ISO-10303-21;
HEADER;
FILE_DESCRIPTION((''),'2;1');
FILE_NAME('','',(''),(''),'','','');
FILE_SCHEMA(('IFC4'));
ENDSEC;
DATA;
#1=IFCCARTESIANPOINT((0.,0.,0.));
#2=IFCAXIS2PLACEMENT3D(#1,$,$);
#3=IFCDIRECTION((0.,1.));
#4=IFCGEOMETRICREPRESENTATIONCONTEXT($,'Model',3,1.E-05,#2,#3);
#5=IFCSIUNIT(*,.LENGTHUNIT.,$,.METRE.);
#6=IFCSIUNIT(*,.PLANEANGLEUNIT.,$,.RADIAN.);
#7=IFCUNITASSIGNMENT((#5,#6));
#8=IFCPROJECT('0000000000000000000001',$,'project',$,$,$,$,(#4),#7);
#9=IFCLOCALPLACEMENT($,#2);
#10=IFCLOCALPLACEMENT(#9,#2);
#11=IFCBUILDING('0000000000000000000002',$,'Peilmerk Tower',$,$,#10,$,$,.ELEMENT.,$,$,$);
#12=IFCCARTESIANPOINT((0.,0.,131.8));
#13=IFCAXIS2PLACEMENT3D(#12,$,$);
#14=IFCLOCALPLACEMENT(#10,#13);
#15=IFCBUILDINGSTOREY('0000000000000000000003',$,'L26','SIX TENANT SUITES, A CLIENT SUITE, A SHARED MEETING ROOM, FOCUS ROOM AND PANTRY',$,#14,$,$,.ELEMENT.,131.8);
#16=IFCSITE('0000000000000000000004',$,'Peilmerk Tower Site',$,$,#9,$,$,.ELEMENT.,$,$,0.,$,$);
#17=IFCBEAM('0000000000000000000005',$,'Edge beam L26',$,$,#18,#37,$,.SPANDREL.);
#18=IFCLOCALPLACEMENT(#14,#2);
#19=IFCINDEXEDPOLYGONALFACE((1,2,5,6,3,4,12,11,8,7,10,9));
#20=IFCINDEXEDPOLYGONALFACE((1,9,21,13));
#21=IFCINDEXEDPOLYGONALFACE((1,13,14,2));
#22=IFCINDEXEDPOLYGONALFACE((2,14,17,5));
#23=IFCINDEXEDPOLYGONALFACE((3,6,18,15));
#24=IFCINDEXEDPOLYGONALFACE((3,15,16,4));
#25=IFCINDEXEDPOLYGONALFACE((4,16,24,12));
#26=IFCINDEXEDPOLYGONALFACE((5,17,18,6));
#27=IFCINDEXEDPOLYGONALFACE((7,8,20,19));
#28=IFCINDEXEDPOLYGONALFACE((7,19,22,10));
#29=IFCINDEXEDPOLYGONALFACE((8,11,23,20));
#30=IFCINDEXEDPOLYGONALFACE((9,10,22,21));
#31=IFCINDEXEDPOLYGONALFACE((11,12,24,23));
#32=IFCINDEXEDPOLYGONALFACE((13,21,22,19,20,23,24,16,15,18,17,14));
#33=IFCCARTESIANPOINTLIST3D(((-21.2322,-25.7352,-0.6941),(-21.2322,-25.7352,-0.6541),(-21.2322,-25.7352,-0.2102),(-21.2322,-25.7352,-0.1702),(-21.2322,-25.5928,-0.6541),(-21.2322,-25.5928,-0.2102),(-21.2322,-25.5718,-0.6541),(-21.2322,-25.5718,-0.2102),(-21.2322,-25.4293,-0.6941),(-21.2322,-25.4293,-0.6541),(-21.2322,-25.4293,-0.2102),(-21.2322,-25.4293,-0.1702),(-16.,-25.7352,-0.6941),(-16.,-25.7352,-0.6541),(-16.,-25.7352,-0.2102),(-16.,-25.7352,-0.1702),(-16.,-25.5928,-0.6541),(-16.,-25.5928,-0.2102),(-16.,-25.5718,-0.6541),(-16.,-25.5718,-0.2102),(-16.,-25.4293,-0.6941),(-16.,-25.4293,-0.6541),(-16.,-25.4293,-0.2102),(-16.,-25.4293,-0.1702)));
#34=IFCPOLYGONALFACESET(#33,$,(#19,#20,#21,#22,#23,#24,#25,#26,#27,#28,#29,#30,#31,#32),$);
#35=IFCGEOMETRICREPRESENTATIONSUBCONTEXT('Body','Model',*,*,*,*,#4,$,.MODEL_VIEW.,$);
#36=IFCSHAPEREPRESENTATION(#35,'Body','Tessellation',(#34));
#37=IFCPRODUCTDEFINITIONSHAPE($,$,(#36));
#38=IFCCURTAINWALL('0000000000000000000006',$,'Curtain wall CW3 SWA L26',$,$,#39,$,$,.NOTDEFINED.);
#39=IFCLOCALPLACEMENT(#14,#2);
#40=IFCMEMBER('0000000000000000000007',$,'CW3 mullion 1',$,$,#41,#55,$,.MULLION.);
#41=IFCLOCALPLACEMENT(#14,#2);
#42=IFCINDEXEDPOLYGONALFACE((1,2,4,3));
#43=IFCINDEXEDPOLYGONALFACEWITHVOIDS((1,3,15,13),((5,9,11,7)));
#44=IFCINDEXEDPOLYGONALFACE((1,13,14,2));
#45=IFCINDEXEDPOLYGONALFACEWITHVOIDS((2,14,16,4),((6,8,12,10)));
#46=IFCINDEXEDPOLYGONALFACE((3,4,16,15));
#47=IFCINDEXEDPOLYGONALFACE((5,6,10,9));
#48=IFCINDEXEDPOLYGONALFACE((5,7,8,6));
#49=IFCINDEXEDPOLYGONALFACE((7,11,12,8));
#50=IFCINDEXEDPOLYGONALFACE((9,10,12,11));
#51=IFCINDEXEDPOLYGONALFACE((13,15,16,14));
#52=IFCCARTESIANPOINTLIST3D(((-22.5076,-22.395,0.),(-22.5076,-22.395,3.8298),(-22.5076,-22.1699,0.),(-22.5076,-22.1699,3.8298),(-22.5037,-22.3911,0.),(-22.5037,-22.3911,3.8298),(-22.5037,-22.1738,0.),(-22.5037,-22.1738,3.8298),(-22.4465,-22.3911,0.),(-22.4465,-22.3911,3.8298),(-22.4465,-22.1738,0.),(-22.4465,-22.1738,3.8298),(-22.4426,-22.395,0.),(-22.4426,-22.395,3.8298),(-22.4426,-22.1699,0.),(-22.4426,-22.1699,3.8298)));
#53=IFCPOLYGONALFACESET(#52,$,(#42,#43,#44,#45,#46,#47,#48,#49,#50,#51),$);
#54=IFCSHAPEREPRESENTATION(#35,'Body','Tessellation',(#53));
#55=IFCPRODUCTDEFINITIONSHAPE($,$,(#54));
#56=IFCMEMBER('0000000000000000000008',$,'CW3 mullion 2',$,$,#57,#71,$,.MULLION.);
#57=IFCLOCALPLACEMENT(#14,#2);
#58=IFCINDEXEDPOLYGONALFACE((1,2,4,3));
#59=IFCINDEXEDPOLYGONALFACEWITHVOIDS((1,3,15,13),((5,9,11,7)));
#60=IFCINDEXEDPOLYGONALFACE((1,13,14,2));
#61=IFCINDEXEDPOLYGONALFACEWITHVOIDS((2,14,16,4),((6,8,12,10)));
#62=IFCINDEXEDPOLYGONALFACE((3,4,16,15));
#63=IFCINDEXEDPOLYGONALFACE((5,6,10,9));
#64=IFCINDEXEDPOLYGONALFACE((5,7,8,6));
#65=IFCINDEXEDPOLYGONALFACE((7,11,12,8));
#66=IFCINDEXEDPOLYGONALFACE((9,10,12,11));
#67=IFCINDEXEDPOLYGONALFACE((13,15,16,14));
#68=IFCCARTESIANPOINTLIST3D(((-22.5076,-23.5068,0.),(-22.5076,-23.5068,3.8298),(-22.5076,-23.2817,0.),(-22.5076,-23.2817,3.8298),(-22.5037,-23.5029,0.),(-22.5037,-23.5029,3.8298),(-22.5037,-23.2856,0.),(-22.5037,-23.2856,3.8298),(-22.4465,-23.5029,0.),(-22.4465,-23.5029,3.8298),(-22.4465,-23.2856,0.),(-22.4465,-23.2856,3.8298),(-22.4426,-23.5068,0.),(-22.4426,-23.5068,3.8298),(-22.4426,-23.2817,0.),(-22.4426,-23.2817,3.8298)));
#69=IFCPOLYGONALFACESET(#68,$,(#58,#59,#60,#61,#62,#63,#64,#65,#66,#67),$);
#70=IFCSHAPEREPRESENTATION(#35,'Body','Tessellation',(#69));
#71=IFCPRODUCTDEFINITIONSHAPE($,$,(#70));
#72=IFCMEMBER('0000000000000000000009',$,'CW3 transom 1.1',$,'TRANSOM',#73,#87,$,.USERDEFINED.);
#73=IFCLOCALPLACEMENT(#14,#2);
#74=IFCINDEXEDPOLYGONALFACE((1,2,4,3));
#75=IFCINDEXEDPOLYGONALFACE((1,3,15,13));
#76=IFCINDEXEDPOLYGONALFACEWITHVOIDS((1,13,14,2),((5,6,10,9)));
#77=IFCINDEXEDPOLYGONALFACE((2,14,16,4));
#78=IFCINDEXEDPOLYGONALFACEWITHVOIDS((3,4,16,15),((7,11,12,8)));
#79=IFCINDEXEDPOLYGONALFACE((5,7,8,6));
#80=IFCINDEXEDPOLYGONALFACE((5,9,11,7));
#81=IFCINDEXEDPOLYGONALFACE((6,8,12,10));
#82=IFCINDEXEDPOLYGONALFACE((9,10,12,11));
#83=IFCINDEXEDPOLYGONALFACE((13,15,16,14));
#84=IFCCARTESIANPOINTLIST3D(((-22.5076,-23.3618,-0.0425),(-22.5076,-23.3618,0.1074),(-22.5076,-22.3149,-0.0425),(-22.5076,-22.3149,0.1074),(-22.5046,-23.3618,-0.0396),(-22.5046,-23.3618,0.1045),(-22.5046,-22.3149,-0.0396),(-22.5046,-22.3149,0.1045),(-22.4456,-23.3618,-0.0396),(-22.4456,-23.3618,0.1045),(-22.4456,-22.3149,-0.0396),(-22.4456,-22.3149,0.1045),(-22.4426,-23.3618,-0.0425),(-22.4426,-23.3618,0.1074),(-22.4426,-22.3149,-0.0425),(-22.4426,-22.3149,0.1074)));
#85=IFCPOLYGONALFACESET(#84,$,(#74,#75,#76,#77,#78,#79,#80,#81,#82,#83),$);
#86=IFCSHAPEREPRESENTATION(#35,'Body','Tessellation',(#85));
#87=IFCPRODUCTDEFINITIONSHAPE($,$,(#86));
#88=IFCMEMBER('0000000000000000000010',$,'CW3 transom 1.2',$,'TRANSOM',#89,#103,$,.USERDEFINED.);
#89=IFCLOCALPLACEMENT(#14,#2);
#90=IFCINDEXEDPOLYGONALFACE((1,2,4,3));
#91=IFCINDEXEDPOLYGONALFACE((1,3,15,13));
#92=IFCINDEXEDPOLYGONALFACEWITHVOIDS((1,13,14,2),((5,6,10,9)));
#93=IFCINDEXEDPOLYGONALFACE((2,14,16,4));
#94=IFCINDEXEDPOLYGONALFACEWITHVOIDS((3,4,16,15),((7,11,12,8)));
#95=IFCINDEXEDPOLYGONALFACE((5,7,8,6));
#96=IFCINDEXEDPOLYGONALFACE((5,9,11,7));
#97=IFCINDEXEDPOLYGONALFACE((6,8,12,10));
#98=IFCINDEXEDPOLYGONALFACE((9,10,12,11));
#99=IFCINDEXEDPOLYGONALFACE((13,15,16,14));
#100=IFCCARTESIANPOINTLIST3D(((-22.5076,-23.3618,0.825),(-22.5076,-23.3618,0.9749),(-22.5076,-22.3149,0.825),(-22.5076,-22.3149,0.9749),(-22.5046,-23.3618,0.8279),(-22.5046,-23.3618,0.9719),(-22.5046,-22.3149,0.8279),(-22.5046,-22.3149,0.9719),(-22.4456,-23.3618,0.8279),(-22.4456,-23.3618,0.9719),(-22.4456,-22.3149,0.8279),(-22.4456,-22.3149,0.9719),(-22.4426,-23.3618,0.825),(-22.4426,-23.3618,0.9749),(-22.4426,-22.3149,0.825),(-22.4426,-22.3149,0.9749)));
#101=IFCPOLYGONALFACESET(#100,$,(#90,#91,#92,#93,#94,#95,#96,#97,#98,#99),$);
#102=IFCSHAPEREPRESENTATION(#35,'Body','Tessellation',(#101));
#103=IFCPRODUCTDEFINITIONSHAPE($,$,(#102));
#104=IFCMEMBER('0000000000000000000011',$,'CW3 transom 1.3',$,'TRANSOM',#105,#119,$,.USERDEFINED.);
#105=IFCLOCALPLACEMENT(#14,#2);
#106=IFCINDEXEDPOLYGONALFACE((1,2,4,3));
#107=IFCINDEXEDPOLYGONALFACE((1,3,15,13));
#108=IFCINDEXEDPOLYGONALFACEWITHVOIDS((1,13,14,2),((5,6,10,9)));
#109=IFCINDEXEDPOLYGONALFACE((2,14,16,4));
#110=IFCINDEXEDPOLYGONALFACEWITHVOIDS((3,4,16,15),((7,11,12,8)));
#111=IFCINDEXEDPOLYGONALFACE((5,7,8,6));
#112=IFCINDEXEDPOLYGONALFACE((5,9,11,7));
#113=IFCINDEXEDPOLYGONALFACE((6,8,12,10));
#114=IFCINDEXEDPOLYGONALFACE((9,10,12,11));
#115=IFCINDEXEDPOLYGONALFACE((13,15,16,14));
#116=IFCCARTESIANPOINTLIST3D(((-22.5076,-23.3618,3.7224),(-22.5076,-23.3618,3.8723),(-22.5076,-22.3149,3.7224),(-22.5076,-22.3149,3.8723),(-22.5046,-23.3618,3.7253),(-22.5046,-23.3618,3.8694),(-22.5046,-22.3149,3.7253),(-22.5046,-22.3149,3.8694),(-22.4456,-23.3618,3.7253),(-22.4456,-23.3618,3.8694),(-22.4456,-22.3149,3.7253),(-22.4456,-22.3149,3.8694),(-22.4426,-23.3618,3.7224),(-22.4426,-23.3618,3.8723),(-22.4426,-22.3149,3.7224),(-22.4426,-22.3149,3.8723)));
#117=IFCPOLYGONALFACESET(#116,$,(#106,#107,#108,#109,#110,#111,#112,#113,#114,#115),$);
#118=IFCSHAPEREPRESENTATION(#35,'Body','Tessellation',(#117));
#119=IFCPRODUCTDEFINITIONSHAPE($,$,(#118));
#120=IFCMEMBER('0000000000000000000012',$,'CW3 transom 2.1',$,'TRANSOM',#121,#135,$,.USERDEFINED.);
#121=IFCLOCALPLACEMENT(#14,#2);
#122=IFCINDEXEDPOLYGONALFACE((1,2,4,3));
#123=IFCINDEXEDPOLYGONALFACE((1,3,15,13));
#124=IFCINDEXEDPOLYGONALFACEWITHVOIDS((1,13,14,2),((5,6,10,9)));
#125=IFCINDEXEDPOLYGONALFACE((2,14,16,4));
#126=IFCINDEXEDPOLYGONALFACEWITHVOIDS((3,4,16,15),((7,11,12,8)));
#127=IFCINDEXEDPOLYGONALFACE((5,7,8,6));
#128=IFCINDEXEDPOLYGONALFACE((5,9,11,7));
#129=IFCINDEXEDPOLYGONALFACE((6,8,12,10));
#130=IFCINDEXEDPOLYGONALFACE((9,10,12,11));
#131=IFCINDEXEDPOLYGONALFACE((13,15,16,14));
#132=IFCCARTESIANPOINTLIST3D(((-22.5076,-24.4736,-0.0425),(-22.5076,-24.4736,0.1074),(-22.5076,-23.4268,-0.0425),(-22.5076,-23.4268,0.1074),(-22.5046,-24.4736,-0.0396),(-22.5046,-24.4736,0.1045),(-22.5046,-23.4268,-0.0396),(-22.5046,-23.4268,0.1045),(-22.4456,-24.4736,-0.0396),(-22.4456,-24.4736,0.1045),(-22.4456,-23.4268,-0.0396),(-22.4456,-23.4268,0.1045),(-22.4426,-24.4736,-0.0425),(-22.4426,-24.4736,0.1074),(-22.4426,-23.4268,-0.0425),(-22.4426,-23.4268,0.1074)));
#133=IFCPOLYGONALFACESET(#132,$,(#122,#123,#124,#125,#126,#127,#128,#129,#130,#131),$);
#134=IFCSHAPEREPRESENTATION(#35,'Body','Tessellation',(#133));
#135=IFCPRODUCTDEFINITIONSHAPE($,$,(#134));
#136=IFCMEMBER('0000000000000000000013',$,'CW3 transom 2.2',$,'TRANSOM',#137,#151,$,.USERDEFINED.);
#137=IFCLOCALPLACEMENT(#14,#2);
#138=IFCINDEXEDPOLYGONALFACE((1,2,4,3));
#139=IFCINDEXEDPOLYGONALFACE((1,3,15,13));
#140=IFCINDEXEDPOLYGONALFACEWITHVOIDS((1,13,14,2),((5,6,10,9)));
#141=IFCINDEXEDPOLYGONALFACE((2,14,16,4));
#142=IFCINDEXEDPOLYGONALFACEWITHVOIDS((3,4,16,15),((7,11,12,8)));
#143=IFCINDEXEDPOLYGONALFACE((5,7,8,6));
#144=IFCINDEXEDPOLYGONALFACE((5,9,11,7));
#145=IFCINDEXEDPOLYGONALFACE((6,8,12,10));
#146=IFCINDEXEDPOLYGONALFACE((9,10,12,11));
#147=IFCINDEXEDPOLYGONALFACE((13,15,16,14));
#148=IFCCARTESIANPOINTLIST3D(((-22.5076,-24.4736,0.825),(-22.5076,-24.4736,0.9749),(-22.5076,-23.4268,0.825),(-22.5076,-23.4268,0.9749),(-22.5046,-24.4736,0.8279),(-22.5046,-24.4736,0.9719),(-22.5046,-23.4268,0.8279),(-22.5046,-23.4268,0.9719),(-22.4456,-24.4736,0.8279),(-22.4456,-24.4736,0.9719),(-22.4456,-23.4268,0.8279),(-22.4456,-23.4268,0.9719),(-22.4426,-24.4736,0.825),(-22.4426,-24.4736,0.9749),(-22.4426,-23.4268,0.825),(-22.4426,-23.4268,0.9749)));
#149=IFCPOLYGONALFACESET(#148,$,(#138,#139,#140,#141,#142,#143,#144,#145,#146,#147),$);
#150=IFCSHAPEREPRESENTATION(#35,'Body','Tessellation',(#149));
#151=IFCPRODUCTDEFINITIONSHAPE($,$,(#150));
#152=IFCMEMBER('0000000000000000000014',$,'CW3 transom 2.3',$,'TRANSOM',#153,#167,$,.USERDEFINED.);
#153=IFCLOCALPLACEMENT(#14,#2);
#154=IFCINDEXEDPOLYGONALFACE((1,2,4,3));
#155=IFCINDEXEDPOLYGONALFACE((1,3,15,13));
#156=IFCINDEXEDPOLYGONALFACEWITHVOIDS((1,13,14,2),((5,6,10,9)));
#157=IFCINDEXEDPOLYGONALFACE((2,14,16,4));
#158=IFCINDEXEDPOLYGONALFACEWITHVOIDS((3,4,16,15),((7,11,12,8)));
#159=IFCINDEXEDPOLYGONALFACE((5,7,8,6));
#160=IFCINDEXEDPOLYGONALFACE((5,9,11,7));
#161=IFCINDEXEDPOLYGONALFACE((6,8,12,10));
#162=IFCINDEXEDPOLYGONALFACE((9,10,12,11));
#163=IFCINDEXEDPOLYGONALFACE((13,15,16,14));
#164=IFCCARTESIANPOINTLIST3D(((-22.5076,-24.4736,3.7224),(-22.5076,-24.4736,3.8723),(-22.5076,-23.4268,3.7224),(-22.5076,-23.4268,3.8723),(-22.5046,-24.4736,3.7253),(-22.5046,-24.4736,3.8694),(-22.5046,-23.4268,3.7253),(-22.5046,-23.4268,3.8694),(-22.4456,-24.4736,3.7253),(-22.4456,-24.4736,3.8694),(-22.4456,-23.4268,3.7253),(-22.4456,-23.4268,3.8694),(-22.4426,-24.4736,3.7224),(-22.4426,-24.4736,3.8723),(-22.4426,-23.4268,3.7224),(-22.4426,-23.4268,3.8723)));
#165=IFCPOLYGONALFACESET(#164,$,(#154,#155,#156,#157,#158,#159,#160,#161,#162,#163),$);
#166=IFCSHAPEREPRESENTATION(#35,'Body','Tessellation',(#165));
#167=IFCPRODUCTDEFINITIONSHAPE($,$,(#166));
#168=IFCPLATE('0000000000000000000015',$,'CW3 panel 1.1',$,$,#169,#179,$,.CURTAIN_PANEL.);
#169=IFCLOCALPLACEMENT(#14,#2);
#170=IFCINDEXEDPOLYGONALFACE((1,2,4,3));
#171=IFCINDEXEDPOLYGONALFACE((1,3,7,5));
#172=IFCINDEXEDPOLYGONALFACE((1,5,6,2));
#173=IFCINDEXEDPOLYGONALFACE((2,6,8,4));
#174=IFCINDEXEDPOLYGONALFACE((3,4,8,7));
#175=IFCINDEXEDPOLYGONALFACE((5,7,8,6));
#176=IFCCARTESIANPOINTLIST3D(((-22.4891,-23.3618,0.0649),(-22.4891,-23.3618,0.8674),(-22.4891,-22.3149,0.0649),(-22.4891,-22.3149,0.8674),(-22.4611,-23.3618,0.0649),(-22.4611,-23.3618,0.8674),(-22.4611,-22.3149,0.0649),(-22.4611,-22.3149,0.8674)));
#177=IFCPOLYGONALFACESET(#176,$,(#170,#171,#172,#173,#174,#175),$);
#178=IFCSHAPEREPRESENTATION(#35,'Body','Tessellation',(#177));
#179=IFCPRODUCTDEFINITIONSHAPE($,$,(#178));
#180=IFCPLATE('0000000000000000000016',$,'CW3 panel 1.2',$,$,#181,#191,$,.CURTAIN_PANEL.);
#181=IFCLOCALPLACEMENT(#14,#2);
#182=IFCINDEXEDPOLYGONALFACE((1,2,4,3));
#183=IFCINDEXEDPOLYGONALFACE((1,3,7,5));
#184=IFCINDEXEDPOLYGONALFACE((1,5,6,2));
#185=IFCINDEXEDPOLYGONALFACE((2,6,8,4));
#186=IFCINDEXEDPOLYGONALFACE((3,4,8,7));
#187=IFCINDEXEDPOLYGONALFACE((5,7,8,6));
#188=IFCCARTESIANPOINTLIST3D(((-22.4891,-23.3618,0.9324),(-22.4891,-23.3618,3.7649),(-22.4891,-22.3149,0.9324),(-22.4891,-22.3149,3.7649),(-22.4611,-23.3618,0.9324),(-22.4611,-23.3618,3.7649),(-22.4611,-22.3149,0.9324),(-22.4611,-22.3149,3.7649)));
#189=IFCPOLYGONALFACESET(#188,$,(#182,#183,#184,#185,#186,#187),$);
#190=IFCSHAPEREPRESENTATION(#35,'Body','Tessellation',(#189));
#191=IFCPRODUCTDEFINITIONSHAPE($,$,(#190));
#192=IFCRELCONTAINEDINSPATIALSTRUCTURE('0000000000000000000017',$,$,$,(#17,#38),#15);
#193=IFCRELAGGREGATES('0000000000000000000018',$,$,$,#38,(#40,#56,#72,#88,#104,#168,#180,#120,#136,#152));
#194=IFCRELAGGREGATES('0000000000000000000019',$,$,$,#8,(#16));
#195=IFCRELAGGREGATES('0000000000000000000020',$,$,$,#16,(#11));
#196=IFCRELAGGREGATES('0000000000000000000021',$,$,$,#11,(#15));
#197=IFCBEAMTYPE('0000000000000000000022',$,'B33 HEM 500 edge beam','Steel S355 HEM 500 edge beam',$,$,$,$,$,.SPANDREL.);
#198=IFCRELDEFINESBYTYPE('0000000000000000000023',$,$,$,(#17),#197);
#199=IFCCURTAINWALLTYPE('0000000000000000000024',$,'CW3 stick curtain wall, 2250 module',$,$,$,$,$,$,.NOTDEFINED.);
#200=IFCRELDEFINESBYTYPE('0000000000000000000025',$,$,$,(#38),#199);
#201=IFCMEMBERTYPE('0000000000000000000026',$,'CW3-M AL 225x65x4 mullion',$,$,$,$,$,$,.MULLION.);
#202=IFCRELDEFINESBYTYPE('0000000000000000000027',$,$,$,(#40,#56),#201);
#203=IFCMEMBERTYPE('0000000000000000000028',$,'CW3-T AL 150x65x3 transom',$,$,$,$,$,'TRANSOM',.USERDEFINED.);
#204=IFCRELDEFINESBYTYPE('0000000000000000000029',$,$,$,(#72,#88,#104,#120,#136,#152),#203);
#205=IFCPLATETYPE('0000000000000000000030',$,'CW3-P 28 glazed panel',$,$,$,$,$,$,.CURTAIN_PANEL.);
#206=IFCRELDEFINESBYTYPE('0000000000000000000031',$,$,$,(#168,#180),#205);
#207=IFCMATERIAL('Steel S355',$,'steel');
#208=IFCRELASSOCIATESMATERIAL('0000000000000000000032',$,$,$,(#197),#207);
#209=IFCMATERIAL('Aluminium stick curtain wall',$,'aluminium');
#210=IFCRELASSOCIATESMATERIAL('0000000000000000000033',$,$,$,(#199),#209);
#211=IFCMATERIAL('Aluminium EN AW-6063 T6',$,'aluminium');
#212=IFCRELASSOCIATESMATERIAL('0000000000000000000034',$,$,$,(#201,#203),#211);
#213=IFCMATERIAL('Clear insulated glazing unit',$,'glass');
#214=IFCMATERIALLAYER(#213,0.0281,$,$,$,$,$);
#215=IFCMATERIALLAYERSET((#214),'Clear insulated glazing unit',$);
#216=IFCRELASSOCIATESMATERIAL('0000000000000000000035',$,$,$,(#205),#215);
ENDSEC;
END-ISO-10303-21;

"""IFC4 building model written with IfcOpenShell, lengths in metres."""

from ifc_helpers import new_model, si_unit, direction, frame, origin, origin_2d, place, context, subcontext, project, spatial, rectangle, hollow_rectangle, i_section, extrude, material, layer, layer_set, material_profile, profile_set, type_object, element, aggregate, save


model = new_model("IFC4")

# Units and contexts
model_context = context("Model", 3, precision=1e-05, world=origin(), true_north=direction((0.0, 1.0)))
body_context = subcontext(model_context, "Body", "Model", "MODEL_VIEW")
ifc_project = project(units=[si_unit("LENGTHUNIT", "METRE"), si_unit("PLANEANGLEUNIT", "RADIAN")], contexts=[model_context])

# Site, building, storey
site_placement = place(None, origin())
site = spatial("IfcSite", under=ifc_project, at=site_placement, Name="Peilmerk Tower Site", CompositionType="ELEMENT", RefElevation=0.0)
building_placement = place(site_placement, origin())
building = spatial("IfcBuilding", under=site, at=building_placement, Name="Peilmerk Tower", CompositionType="ELEMENT")
storey_placement = place(building_placement, frame((0.0, 0.0, 131.8)))
storey = spatial("IfcBuildingStorey", under=building, at=storey_placement, Name="L26", Description="SIX TENANT SUITES, A CLIENT SUITE, A SHARED MEETING ROOM, FOCUS ROOM AND PANTRY", CompositionType="ELEMENT", Elevation=131.8)

# Beam
ifc_material_1 = material(Name="Steel S355", Category="steel")
ifc_material_profile_1 = material_profile(ifc_material_1, i_section(OverallWidth=0.3059, OverallDepth=0.5239, WebThickness=0.021, FlangeThickness=0.04, at=origin_2d()), Name="HEM 500")
ifc_profile_set_1 = profile_set([ifc_material_profile_1], Name="Steel S355")
beam_type_1 = type_object("IfcBeamType", Name="B33 HEM 500 edge beam", Description="Steel S355 HEM 500 edge beam", PredefinedType="SPANDREL", material=ifc_profile_set_1)
beam_1_placement = place(storey_placement, frame((-21.2322, -25.5823, -0.4321), z_axis=(1.0, 0.0, 0.0), x_axis=(0.0, 1.0, 0.0)))
element("IfcBeam", 1, at=beam_1_placement, inside=storey, type_object=beam_type_1, Name="Edge beam L26", PredefinedType="SPANDREL", context=body_context, shape_type="SweptSolid", body=[
    extrude(i_section(OverallWidth=0.3059, OverallDepth=0.5239, WebThickness=0.021, FlangeThickness=0.04, at=origin_2d()), origin(), (0.0, 0.0, 1.0), 5.2322),
])

# Curtain wall, members, plates
ifc_material_2 = material(Name="Aluminium stick curtain wall", Category="aluminium")
curtain_wall_type = type_object("IfcCurtainWallType", Name="CW3 stick curtain wall, 2250 module", PredefinedType="NOTDEFINED", material=ifc_material_2)
curtain_wall_placement = place(storey_placement, origin())
curtain_wall = element("IfcCurtainWall", 2, at=curtain_wall_placement, inside=storey, type_object=curtain_wall_type, Name="Curtain wall CW3 SWA L26", PredefinedType="NOTDEFINED")
ifc_material_3 = material(Name="Aluminium EN AW-6063 T6", Category="aluminium")
ifc_material_profile_2 = material_profile(ifc_material_3, hollow_rectangle(XDim=0.0649, YDim=0.2251, WallThickness=0.0039, at=origin_2d()), Name="AL 225x65x4")
ifc_profile_set_2 = profile_set([ifc_material_profile_2], Name="Aluminium EN AW-6063 T6")
member_type_1 = type_object("IfcMemberType", Name="CW3-M AL 225x65x4 mullion", PredefinedType="MULLION", material=ifc_profile_set_2)
member_1_placement = place(storey_placement, frame((-22.4751, -22.2825, 0.0), z_axis=(0.0, 0.0, 1.0), x_axis=(1.0, 0.0, 0.0)))
member_1 = element("IfcMember", 3, at=member_1_placement, type_object=member_type_1, Name="CW3 mullion 1", PredefinedType="MULLION", context=body_context, shape_type="SweptSolid", body=[
    extrude(hollow_rectangle(XDim=0.0649, YDim=0.2251, WallThickness=0.0039, at=origin_2d()), origin(), (0.0, 0.0, 1.0), 3.8298),
])
member_2_placement = place(storey_placement, frame((-22.4751, -23.3943, 0.0), z_axis=(0.0, 0.0, 1.0), x_axis=(1.0, 0.0, 0.0)))
member_2 = element("IfcMember", 4, at=member_2_placement, type_object=member_type_1, Name="CW3 mullion 2", PredefinedType="MULLION", context=body_context, shape_type="SweptSolid", body=[
    extrude(hollow_rectangle(XDim=0.0649, YDim=0.2251, WallThickness=0.0039, at=origin_2d()), origin(), (0.0, 0.0, 1.0), 3.8298),
])
ifc_material_profile_3 = material_profile(ifc_material_3, hollow_rectangle(XDim=0.0649, YDim=0.1499, WallThickness=0.0029, at=origin_2d()), Name="AL 150x65x3")
ifc_profile_set_3 = profile_set([ifc_material_profile_3], Name="Aluminium EN AW-6063 T6")
member_type_2 = type_object("IfcMemberType", Name="CW3-T AL 150x65x3 transom", ElementType="TRANSOM", PredefinedType="USERDEFINED", material=ifc_profile_set_3)
member_3_placement = place(storey_placement, frame((-22.4751, -22.3149, 0.0325), z_axis=(0.0, -1.0, 0.0), x_axis=(1.0, 0.0, 0.0)))
member_3 = element("IfcMember", 5, at=member_3_placement, type_object=member_type_2, Name="CW3 transom 1.1", ObjectType="TRANSOM", PredefinedType="USERDEFINED", context=body_context, shape_type="SweptSolid", body=[
    extrude(hollow_rectangle(XDim=0.0649, YDim=0.1499, WallThickness=0.0029, at=origin_2d()), origin(), (0.0, 0.0, 1.0), 1.0469),
])
member_4_placement = place(storey_placement, frame((-22.4751, -22.3149, 0.8999), z_axis=(0.0, -1.0, 0.0), x_axis=(1.0, 0.0, 0.0)))
member_4 = element("IfcMember", 6, at=member_4_placement, type_object=member_type_2, Name="CW3 transom 1.2", ObjectType="TRANSOM", PredefinedType="USERDEFINED", context=body_context, shape_type="SweptSolid", body=[
    extrude(hollow_rectangle(XDim=0.0649, YDim=0.1499, WallThickness=0.0029, at=origin_2d()), origin(), (0.0, 0.0, 1.0), 1.0469),
])
member_5_placement = place(storey_placement, frame((-22.4751, -22.3149, 3.7974), z_axis=(0.0, -1.0, 0.0), x_axis=(1.0, 0.0, 0.0)))
member_5 = element("IfcMember", 7, at=member_5_placement, type_object=member_type_2, Name="CW3 transom 1.3", ObjectType="TRANSOM", PredefinedType="USERDEFINED", context=body_context, shape_type="SweptSolid", body=[
    extrude(hollow_rectangle(XDim=0.0649, YDim=0.1499, WallThickness=0.0029, at=origin_2d()), origin(), (0.0, 0.0, 1.0), 1.0469),
])
member_6_placement = place(storey_placement, frame((-22.4751, -23.4268, 0.0325), z_axis=(0.0, -1.0, 0.0), x_axis=(1.0, 0.0, 0.0)))
member_6 = element("IfcMember", 8, at=member_6_placement, type_object=member_type_2, Name="CW3 transom 2.1", ObjectType="TRANSOM", PredefinedType="USERDEFINED", context=body_context, shape_type="SweptSolid", body=[
    extrude(hollow_rectangle(XDim=0.0649, YDim=0.1499, WallThickness=0.0029, at=origin_2d()), origin(), (0.0, 0.0, 1.0), 1.0469),
])
member_7_placement = place(storey_placement, frame((-22.4751, -23.4268, 0.8999), z_axis=(0.0, -1.0, 0.0), x_axis=(1.0, 0.0, 0.0)))
member_7 = element("IfcMember", 9, at=member_7_placement, type_object=member_type_2, Name="CW3 transom 2.2", ObjectType="TRANSOM", PredefinedType="USERDEFINED", context=body_context, shape_type="SweptSolid", body=[
    extrude(hollow_rectangle(XDim=0.0649, YDim=0.1499, WallThickness=0.0029, at=origin_2d()), origin(), (0.0, 0.0, 1.0), 1.0469),
])
member_8_placement = place(storey_placement, frame((-22.4751, -23.4268, 3.7974), z_axis=(0.0, -1.0, 0.0), x_axis=(1.0, 0.0, 0.0)))
member_8 = element("IfcMember", 10, at=member_8_placement, type_object=member_type_2, Name="CW3 transom 2.3", ObjectType="TRANSOM", PredefinedType="USERDEFINED", context=body_context, shape_type="SweptSolid", body=[
    extrude(hollow_rectangle(XDim=0.0649, YDim=0.1499, WallThickness=0.0029, at=origin_2d()), origin(), (0.0, 0.0, 1.0), 1.0469),
])
ifc_material_4 = material(Name="Clear insulated glazing unit", Category="glass")
ifc_layer = layer(ifc_material_4, 0.0281)
ifc_layer_set = layer_set([ifc_layer], Name="Clear insulated glazing unit")
plate_type = type_object("IfcPlateType", Name="CW3-P 28 glazed panel", PredefinedType="CURTAIN_PANEL", material=ifc_layer_set)
plate_1_placement = place(storey_placement, frame((-22.4751, -22.8384, 0.0649), z_axis=(0.0, 0.0, 1.0), x_axis=(0.0, -1.0, 0.0)))
plate_1 = element("IfcPlate", 11, at=plate_1_placement, type_object=plate_type, Name="CW3 panel 1.1", PredefinedType="CURTAIN_PANEL", context=body_context, shape_type="SweptSolid", body=[
    extrude(rectangle(XDim=1.0469, YDim=0.0281, at=origin_2d()), origin(), (0.0, 0.0, 1.0), 0.8025),
])
plate_2_placement = place(storey_placement, frame((-22.4751, -22.8384, 0.9324), z_axis=(0.0, 0.0, 1.0), x_axis=(0.0, -1.0, 0.0)))
plate_2 = element("IfcPlate", 12, at=plate_2_placement, type_object=plate_type, Name="CW3 panel 1.2", PredefinedType="CURTAIN_PANEL", context=body_context, shape_type="SweptSolid", body=[
    extrude(rectangle(XDim=1.0469, YDim=0.0281, at=origin_2d()), origin(), (0.0, 0.0, 1.0), 2.8325),
])
aggregate(curtain_wall, [member_1, member_2, member_3, member_4, member_5, plate_1, plate_2, member_6, member_7, member_8])

save(model, "model.ifc")
